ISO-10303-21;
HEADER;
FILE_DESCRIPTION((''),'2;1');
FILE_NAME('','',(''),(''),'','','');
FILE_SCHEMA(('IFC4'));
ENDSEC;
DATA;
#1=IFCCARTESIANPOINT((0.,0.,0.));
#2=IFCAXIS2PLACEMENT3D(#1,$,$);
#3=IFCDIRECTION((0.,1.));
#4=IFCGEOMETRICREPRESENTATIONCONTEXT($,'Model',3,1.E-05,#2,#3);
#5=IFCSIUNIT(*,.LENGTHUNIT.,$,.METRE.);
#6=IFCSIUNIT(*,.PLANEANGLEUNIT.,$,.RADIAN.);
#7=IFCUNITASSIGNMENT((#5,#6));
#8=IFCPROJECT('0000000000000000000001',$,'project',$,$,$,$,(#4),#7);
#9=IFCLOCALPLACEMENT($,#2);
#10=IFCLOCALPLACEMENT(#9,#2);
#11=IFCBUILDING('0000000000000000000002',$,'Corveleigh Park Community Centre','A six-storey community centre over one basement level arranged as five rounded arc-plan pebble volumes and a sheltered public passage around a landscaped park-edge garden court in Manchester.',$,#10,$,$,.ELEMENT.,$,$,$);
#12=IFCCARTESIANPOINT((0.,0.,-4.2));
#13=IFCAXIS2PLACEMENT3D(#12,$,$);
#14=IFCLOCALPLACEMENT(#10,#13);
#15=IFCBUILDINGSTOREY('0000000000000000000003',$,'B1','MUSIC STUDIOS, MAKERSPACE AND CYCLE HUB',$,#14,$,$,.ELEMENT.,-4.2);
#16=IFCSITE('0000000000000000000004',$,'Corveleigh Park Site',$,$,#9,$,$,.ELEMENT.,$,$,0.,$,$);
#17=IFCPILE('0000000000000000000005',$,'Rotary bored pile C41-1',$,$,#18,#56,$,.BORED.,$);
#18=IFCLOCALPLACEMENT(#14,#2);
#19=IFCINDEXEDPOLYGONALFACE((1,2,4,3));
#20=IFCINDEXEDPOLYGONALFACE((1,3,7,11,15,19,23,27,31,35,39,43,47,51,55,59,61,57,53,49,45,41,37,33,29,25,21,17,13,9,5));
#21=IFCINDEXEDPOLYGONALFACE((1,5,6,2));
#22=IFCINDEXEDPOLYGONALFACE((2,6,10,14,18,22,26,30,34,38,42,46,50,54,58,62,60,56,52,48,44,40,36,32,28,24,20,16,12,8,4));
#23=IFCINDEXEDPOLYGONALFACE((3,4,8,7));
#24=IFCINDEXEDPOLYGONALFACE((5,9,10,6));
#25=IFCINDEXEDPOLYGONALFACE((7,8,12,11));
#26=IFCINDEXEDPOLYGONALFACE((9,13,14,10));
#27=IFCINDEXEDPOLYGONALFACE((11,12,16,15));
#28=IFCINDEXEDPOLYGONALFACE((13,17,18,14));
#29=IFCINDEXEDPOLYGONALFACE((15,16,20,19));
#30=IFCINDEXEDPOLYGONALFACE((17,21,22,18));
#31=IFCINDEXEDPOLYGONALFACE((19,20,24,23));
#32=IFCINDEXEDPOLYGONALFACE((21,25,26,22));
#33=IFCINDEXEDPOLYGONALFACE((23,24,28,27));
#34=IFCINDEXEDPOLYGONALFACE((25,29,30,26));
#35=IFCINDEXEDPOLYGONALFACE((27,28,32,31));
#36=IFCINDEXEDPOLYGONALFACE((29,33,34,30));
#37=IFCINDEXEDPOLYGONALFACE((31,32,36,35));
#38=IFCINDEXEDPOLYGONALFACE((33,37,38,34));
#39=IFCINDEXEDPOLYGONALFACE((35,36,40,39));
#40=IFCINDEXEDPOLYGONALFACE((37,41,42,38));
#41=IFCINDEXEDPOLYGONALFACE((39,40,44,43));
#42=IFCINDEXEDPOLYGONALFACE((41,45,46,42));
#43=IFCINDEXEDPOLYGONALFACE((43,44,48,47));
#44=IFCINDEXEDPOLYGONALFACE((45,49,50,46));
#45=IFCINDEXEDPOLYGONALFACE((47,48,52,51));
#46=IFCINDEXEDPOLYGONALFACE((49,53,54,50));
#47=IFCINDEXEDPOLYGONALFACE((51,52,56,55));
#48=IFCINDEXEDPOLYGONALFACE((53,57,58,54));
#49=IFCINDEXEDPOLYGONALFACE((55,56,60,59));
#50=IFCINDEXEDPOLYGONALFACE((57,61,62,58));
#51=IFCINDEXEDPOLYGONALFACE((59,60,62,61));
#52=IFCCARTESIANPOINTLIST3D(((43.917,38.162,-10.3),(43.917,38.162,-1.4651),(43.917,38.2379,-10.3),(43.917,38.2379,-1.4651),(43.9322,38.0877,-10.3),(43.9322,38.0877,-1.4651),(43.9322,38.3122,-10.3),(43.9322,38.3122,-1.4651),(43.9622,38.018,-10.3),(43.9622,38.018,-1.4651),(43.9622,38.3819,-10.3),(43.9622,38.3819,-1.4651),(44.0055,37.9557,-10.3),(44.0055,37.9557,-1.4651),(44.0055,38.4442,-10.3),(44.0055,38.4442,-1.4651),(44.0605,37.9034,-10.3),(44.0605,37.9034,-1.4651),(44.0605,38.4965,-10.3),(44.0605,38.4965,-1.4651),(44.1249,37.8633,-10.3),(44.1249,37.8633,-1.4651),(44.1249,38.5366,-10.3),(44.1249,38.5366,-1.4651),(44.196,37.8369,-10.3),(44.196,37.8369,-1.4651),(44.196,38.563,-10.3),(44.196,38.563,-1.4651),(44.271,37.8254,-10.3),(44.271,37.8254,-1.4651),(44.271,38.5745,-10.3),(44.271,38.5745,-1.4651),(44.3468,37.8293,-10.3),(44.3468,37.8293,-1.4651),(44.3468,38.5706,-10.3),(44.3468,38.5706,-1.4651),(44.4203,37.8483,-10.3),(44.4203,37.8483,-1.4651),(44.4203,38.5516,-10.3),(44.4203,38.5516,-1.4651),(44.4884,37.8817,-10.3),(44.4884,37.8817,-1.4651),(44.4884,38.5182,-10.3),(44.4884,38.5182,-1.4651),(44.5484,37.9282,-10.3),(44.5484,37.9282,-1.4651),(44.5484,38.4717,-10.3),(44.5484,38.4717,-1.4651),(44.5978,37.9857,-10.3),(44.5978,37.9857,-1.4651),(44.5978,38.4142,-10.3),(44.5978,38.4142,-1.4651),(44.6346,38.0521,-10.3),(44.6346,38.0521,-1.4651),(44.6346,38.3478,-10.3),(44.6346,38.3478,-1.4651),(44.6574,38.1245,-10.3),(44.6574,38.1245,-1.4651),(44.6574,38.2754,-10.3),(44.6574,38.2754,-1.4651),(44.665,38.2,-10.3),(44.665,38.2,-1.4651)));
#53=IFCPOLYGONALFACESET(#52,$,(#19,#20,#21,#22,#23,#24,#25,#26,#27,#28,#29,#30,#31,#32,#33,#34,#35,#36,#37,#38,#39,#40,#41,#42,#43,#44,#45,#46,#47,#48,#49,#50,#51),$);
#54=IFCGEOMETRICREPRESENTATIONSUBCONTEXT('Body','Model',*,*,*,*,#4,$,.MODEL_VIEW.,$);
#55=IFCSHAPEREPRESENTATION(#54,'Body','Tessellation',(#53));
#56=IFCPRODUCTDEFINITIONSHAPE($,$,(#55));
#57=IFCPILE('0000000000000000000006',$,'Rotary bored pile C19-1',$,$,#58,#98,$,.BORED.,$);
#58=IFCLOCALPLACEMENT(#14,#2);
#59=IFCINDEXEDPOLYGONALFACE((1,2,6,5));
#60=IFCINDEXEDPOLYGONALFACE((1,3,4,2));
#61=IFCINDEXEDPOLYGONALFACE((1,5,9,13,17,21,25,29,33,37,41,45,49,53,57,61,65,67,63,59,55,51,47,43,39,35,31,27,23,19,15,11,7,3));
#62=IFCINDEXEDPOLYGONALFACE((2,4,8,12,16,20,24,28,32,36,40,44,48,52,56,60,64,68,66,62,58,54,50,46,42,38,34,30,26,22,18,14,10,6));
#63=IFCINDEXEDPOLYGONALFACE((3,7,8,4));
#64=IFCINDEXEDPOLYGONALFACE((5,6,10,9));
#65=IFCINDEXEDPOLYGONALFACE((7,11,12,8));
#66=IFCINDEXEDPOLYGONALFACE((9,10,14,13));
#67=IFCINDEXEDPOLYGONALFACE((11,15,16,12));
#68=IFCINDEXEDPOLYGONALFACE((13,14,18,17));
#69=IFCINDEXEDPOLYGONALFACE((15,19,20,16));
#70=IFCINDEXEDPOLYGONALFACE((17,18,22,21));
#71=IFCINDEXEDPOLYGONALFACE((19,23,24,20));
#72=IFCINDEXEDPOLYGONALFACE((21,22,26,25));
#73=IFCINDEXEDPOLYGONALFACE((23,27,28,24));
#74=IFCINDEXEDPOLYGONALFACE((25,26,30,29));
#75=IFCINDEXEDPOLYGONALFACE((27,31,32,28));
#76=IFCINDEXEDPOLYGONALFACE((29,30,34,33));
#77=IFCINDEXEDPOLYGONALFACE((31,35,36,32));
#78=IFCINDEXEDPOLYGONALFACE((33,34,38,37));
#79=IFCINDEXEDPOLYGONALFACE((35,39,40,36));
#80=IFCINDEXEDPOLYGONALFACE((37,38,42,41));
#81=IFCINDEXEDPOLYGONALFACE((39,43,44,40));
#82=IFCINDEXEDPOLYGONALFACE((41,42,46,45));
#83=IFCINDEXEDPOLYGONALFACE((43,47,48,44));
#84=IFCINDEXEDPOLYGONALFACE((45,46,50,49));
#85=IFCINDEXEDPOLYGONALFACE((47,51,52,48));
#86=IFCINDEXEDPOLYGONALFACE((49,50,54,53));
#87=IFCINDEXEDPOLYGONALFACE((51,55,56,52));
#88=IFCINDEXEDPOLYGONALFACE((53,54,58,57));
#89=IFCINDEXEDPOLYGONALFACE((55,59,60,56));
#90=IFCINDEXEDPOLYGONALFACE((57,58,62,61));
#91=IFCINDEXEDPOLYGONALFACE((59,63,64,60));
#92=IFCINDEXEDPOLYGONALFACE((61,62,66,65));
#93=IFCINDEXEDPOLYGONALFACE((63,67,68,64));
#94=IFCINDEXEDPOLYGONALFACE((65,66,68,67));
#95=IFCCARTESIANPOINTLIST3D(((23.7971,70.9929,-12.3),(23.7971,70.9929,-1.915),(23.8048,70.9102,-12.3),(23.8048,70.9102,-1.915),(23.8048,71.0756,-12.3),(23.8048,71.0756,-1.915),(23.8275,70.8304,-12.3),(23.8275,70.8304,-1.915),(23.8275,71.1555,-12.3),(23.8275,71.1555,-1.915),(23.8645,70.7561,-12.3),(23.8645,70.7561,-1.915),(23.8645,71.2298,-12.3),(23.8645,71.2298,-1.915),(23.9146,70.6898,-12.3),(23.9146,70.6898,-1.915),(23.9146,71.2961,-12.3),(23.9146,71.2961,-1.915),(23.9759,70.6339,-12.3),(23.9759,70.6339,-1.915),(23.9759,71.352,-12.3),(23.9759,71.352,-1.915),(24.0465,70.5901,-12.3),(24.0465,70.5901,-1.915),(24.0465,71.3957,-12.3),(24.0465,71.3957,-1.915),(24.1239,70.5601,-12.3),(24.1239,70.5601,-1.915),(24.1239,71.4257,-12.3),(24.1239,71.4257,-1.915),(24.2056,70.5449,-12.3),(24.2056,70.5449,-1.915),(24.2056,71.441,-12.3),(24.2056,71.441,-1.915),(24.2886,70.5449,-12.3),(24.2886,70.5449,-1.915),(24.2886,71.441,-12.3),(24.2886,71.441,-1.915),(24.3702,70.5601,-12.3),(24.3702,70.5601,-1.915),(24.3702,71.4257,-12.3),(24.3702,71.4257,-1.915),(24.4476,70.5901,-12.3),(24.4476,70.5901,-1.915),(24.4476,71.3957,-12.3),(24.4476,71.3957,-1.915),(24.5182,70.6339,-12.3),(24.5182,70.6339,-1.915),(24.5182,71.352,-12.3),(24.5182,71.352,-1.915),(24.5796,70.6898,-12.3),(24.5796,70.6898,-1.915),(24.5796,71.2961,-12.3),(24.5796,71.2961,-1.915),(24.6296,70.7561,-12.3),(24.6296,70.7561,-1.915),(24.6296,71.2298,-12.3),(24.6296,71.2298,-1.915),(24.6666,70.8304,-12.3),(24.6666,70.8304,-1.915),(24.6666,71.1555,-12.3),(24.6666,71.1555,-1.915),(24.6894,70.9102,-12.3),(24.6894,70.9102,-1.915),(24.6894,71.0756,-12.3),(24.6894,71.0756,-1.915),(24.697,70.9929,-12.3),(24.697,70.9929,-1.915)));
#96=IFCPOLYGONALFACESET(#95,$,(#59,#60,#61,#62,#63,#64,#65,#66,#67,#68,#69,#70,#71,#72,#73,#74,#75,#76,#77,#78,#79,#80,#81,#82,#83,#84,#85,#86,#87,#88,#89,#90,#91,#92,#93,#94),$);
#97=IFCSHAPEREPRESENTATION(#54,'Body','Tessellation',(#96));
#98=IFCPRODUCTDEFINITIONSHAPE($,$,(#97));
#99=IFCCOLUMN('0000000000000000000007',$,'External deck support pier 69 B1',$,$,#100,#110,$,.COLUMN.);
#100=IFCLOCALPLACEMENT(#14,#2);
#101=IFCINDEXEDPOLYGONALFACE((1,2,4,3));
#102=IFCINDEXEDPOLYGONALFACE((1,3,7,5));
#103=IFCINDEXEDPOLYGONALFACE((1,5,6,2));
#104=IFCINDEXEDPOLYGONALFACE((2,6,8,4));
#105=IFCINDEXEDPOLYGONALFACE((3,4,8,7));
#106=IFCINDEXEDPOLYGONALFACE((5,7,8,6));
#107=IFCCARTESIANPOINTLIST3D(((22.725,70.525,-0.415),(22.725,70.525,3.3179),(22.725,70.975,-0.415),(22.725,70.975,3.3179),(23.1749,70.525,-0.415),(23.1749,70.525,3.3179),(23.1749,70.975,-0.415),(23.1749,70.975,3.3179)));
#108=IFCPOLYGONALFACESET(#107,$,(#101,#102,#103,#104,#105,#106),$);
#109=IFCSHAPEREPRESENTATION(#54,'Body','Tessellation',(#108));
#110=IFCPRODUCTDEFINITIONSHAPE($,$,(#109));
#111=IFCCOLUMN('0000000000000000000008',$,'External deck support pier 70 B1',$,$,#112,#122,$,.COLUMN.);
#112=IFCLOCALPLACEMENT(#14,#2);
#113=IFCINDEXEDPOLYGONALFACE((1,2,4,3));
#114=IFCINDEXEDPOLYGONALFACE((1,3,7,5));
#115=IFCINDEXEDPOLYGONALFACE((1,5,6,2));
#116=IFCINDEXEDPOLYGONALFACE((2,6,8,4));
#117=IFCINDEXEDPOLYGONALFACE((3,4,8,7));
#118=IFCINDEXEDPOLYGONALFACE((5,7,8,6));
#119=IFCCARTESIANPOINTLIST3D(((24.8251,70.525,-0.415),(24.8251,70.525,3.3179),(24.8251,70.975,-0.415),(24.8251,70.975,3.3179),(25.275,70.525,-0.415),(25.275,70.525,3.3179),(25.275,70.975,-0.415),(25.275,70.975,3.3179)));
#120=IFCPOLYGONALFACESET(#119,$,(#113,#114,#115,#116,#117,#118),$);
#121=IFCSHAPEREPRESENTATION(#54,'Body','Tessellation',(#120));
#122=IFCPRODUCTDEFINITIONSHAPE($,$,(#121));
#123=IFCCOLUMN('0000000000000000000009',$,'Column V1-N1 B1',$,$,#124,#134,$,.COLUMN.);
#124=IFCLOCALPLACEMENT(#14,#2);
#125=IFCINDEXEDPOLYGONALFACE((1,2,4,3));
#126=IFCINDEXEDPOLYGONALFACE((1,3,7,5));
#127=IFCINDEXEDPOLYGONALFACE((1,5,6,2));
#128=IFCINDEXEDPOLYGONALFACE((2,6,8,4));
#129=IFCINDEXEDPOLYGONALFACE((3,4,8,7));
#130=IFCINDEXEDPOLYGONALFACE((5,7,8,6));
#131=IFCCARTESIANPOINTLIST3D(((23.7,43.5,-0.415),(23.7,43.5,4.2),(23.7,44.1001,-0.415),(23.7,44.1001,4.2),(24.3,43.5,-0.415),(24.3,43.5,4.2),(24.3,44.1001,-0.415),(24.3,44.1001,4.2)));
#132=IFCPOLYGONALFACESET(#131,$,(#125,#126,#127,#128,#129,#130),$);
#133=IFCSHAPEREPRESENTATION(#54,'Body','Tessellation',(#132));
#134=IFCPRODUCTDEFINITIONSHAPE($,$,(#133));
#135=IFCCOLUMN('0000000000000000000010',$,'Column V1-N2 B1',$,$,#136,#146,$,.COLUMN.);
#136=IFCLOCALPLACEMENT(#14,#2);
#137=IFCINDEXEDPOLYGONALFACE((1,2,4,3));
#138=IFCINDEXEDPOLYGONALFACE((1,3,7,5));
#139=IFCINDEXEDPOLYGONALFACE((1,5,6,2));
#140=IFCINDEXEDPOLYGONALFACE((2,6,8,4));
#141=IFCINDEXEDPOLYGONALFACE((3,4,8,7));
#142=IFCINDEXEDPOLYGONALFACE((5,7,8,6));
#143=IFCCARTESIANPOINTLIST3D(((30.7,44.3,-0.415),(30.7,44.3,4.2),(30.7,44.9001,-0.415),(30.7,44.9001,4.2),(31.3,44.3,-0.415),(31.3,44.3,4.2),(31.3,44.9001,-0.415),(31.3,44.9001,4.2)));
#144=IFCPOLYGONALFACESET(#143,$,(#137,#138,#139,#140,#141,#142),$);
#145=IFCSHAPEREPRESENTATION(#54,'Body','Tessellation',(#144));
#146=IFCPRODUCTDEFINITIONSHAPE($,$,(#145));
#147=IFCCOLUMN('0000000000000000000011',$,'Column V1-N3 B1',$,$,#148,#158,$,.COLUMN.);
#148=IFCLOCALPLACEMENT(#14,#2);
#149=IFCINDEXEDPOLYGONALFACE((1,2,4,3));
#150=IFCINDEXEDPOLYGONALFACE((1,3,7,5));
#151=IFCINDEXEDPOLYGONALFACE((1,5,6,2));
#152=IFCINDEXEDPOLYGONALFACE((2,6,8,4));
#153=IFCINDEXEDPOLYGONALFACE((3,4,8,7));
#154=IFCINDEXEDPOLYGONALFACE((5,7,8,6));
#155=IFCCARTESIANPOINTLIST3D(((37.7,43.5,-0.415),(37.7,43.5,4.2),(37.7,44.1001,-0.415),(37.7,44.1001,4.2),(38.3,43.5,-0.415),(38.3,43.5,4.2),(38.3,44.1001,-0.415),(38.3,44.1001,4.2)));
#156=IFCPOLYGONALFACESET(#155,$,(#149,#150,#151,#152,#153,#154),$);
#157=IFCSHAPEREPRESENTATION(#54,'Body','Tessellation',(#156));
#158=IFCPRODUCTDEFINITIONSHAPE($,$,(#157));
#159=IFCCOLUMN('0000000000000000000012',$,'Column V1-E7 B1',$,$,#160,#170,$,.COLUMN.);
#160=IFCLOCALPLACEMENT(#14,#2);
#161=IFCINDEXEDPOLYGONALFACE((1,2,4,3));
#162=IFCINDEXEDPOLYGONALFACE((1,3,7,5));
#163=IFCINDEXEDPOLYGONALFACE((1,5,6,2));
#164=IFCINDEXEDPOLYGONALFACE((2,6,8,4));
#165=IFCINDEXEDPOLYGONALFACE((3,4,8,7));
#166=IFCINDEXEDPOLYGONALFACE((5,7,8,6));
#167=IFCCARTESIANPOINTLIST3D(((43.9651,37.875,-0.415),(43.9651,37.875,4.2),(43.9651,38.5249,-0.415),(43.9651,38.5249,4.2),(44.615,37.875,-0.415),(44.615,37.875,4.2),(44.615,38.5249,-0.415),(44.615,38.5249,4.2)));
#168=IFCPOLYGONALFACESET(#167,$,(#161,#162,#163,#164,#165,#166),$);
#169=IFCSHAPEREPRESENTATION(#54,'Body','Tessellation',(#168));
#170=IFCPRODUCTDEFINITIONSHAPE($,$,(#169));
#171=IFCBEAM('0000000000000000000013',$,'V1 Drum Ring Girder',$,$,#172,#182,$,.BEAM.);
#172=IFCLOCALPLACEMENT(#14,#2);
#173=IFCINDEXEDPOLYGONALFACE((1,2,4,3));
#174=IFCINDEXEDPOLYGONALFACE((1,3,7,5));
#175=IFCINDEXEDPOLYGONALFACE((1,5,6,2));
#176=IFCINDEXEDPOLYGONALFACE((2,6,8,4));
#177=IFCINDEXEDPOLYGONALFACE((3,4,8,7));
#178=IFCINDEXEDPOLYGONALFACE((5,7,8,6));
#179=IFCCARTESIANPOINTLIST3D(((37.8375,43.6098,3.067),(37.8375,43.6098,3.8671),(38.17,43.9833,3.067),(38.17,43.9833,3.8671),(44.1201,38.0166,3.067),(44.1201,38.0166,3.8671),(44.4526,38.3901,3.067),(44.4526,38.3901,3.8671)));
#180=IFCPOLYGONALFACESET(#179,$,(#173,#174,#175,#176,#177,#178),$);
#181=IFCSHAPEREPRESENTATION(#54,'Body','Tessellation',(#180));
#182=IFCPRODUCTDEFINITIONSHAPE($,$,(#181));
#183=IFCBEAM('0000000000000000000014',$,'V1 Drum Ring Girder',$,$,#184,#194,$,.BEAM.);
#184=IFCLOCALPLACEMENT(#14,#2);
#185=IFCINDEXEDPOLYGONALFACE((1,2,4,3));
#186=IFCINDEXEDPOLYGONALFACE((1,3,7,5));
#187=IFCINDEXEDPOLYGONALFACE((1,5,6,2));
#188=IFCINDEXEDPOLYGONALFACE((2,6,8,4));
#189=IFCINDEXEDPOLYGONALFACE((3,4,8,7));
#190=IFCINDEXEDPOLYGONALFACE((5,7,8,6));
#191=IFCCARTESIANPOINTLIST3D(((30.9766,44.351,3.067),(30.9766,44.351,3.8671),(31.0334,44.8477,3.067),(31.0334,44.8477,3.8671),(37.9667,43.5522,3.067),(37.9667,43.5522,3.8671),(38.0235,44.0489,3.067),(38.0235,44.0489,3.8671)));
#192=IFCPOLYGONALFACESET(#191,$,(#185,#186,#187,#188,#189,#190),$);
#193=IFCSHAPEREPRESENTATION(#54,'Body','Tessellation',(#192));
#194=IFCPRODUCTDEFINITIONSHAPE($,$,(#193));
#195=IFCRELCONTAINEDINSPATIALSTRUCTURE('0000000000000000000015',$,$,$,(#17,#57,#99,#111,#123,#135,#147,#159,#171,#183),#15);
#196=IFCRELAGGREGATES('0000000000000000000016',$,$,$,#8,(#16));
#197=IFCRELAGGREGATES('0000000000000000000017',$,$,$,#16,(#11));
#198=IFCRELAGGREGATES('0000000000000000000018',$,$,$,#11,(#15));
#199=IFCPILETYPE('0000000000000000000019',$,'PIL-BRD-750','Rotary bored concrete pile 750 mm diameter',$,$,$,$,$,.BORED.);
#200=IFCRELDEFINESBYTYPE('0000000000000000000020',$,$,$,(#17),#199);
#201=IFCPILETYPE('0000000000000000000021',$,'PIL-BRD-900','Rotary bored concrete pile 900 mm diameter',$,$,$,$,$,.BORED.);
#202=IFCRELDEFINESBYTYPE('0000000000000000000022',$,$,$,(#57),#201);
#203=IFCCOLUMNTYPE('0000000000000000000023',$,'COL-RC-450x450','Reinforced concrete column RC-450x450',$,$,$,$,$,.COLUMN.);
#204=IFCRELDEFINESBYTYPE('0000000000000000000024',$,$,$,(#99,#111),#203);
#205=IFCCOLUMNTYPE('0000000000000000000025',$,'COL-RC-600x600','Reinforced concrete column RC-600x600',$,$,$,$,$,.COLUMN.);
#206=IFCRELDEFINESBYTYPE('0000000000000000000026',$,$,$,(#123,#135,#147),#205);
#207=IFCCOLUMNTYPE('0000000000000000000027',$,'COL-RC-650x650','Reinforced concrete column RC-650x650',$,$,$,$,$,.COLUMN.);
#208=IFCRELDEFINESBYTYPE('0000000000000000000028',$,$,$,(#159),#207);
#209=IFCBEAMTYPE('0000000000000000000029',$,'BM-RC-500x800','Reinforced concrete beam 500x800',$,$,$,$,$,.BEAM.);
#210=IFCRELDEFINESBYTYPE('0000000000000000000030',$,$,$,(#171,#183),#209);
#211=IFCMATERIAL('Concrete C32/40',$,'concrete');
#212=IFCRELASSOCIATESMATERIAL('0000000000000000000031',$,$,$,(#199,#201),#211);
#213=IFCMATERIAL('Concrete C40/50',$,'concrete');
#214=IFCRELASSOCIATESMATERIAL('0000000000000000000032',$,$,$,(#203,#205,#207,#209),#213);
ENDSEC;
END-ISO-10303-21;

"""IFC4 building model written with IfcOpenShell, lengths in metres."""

from ifc_helpers import new_model, si_unit, direction, frame, origin, origin_2d, place, context, subcontext, project, spatial, rectangle, circle, extrude, material, material_profile, profile_set, type_object, element, save


model = new_model("IFC4")

# Units and contexts
model_context = context("Model", 3, precision=1e-05, world=origin(), true_north=direction((0.0, 1.0)))
body_context = subcontext(model_context, "Body", "Model", "MODEL_VIEW")
ifc_project = project(units=[si_unit("LENGTHUNIT", "METRE"), si_unit("PLANEANGLEUNIT", "RADIAN")], contexts=[model_context])

# Site, building, storey
site_placement = place(None, origin())
site = spatial("IfcSite", under=ifc_project, at=site_placement, Name="Corveleigh Park Site", CompositionType="ELEMENT", RefElevation=0.0)
building_placement = place(site_placement, origin())
building = spatial("IfcBuilding", under=site, at=building_placement, Name="Corveleigh Park Community Centre", Description="A six-storey community centre over one basement level arranged as five rounded arc-plan pebble volumes and a sheltered public passage around a landscaped park-edge garden court in Manchester.", CompositionType="ELEMENT")
storey_placement = place(building_placement, frame((0.0, 0.0, -4.2)))
storey = spatial("IfcBuildingStorey", under=building, at=storey_placement, Name="B1", Description="MUSIC STUDIOS, MAKERSPACE AND CYCLE HUB", CompositionType="ELEMENT", Elevation=-4.2)

# Shared definitions
ifc_material_1 = material(Name="Concrete C40/50", Category="concrete")

# Piles
ifc_material_2 = material(Name="Concrete C32/40", Category="concrete")
ifc_material_profile_1 = material_profile(ifc_material_2, circle(Radius=0.375, at=origin_2d()), Name="BORED-PILE-750", Category="concrete")
ifc_profile_set_1 = profile_set([ifc_material_profile_1], Name="Concrete C32/40")
pile_type_1 = type_object("IfcPileType", Name="PIL-BRD-750", Description="Rotary bored concrete pile 750 mm diameter", PredefinedType="BORED", material=ifc_profile_set_1)
for number, where, z_axis, x_axis, name in (
    (1, (44.29, 38.2, -1.4651), (0.0, 0.0, -1.0), (1.0, 0.0, 0.0), "Rotary bored pile C41-1"),
):
    element("IfcPile", number, at=place(storey_placement, frame(where, z_axis=z_axis, x_axis=x_axis)), inside=storey, type_object=pile_type_1, Name=name, PredefinedType="BORED", context=body_context, shape_type="SweptSolid", body=[
        extrude(circle(Radius=0.375, at=origin_2d()), origin(), (0.0, 0.0, 1.0), 8.835),
    ])
ifc_material_profile_2 = material_profile(ifc_material_2, circle(Radius=0.45, at=origin_2d()), Name="BORED-PILE-900", Category="concrete")
ifc_profile_set_2 = profile_set([ifc_material_profile_2], Name="Concrete C32/40")
pile_type_2 = type_object("IfcPileType", Name="PIL-BRD-900", Description="Rotary bored concrete pile 900 mm diameter", PredefinedType="BORED", material=ifc_profile_set_2)
pile_placement = place(storey_placement, frame((24.2471, 70.9929, -1.915), z_axis=(0.0, 0.0, -1.0), x_axis=(1.0, 0.0, 0.0)))
element("IfcPile", 2, at=pile_placement, inside=storey, type_object=pile_type_2, Name="Rotary bored pile C19-1", PredefinedType="BORED", context=body_context, shape_type="SweptSolid", body=[
    extrude(circle(Radius=0.45, at=origin_2d()), origin(), (0.0, 0.0, 1.0), 10.385),
])

# Columns
ifc_material_profile_3 = material_profile(ifc_material_1, rectangle(XDim=0.45, YDim=0.45, at=origin_2d()), Name="RC-450x450", Category="concrete")
ifc_profile_set_3 = profile_set([ifc_material_profile_3], Name="Concrete C40/50")
column_type_1 = type_object("IfcColumnType", Name="COL-RC-450x450", Description="Reinforced concrete column RC-450x450", PredefinedType="COLUMN", material=ifc_profile_set_3)
for number, where, z_axis, x_axis, name in (
    (3, (22.95, 70.75, -0.415), (0.0, 0.0, 1.0), (1.0, 0.0, 0.0), "External deck support pier 69 B1"),
    (4, (25.05, 70.75, -0.415), (0.0, 0.0, 1.0), (1.0, 0.0, 0.0), "External deck support pier 70 B1"),
):
    element("IfcColumn", number, at=place(storey_placement, frame(where, z_axis=z_axis, x_axis=x_axis)), inside=storey, type_object=column_type_1, Name=name, PredefinedType="COLUMN", context=body_context, shape_type="SweptSolid", body=[
        extrude(rectangle(XDim=0.45, YDim=0.45, at=origin_2d()), origin(), (0.0, 0.0, 1.0), 3.7329),
    ])
ifc_material_profile_4 = material_profile(ifc_material_1, rectangle(XDim=0.6001, YDim=0.6001, at=origin_2d()), Name="RC-600x600", Category="concrete")
ifc_profile_set_4 = profile_set([ifc_material_profile_4], Name="Concrete C40/50")
column_type_2 = type_object("IfcColumnType", Name="COL-RC-600x600", Description="Reinforced concrete column RC-600x600", PredefinedType="COLUMN", material=ifc_profile_set_4)
for number, where, z_axis, x_axis, name in (
    (5, (24.0, 43.8, -0.415), (0.0, 0.0, 1.0), (1.0, 0.0, 0.0), "Column V1-N1 B1"),
    (6, (31.0, 44.6001, -0.415), (0.0, 0.0, 1.0), (1.0, 0.0, 0.0), "Column V1-N2 B1"),
    (7, (38.0, 43.8, -0.415), (0.0, 0.0, 1.0), (1.0, 0.0, 0.0), "Column V1-N3 B1"),
):
    element("IfcColumn", number, at=place(storey_placement, frame(where, z_axis=z_axis, x_axis=x_axis)), inside=storey, type_object=column_type_2, Name=name, PredefinedType="COLUMN", context=body_context, shape_type="SweptSolid", body=[
        extrude(rectangle(XDim=0.6001, YDim=0.6001, at=origin_2d()), origin(), (0.0, 0.0, 1.0), 4.615),
    ])
ifc_material_profile_5 = material_profile(ifc_material_1, rectangle(XDim=0.6499, YDim=0.6499, at=origin_2d()), Name="RC-650x650", Category="concrete")
ifc_profile_set_5 = profile_set([ifc_material_profile_5], Name="Concrete C40/50")
column_type_3 = type_object("IfcColumnType", Name="COL-RC-650x650", Description="Reinforced concrete column RC-650x650", PredefinedType="COLUMN", material=ifc_profile_set_5)
column_placement = place(storey_placement, frame((44.29, 38.2, -0.415), z_axis=(0.0, 0.0, 1.0), x_axis=(1.0, 0.0, 0.0)))
element("IfcColumn", 8, at=column_placement, inside=storey, type_object=column_type_3, Name="Column V1-E7 B1", PredefinedType="COLUMN", context=body_context, shape_type="SweptSolid", body=[
    extrude(rectangle(XDim=0.6499, YDim=0.6499, at=origin_2d()), origin(), (0.0, 0.0, 1.0), 4.615),
])

# Beams
ifc_material_profile_6 = material_profile(ifc_material_1, rectangle(XDim=0.5, YDim=0.8, at=origin_2d()), Name="RC-500x800", Category="concrete")
ifc_profile_set_6 = profile_set([ifc_material_profile_6], Name="Concrete C40/50")
beam_type_1 = type_object("IfcBeamType", Name="BM-RC-500x800", Description="Reinforced concrete beam 500x800", PredefinedType="BEAM", material=ifc_profile_set_6)
beam_1_placement = place(storey_placement, frame((44.2864, 38.2034, 3.467), z_axis=(-0.7469, 0.664937, 0.0), x_axis=(-0.664937, -0.7469, 0.0)))
element("IfcBeam", 9, at=beam_1_placement, inside=storey, type_object=beam_type_1, Name="V1 Drum Ring Girder", PredefinedType="BEAM", context=body_context, shape_type="SweptSolid", body=[
    extrude(rectangle(XDim=0.5, YDim=0.8, at=origin_2d()), origin(), (0.0, 0.0, 1.0), 8.4116),
])
for number, where, z_axis, x_axis, name in (
    (10, (37.9951, 43.8005, 3.467), (-0.993534, 0.113539, 0.0), (-0.113539, -0.993534, 0.0), "V1 Drum Ring Girder"),
):
    element("IfcBeam", number, at=place(storey_placement, frame(where, z_axis=z_axis, x_axis=x_axis)), inside=storey, type_object=beam_type_1, Name=name, PredefinedType="BEAM", context=body_context, shape_type="SweptSolid", body=[
        extrude(rectangle(XDim=0.5, YDim=0.8, at=origin_2d()), origin(), (0.0, 0.0, 1.0), 7.0356),
    ])

save(model, "model.ifc")
